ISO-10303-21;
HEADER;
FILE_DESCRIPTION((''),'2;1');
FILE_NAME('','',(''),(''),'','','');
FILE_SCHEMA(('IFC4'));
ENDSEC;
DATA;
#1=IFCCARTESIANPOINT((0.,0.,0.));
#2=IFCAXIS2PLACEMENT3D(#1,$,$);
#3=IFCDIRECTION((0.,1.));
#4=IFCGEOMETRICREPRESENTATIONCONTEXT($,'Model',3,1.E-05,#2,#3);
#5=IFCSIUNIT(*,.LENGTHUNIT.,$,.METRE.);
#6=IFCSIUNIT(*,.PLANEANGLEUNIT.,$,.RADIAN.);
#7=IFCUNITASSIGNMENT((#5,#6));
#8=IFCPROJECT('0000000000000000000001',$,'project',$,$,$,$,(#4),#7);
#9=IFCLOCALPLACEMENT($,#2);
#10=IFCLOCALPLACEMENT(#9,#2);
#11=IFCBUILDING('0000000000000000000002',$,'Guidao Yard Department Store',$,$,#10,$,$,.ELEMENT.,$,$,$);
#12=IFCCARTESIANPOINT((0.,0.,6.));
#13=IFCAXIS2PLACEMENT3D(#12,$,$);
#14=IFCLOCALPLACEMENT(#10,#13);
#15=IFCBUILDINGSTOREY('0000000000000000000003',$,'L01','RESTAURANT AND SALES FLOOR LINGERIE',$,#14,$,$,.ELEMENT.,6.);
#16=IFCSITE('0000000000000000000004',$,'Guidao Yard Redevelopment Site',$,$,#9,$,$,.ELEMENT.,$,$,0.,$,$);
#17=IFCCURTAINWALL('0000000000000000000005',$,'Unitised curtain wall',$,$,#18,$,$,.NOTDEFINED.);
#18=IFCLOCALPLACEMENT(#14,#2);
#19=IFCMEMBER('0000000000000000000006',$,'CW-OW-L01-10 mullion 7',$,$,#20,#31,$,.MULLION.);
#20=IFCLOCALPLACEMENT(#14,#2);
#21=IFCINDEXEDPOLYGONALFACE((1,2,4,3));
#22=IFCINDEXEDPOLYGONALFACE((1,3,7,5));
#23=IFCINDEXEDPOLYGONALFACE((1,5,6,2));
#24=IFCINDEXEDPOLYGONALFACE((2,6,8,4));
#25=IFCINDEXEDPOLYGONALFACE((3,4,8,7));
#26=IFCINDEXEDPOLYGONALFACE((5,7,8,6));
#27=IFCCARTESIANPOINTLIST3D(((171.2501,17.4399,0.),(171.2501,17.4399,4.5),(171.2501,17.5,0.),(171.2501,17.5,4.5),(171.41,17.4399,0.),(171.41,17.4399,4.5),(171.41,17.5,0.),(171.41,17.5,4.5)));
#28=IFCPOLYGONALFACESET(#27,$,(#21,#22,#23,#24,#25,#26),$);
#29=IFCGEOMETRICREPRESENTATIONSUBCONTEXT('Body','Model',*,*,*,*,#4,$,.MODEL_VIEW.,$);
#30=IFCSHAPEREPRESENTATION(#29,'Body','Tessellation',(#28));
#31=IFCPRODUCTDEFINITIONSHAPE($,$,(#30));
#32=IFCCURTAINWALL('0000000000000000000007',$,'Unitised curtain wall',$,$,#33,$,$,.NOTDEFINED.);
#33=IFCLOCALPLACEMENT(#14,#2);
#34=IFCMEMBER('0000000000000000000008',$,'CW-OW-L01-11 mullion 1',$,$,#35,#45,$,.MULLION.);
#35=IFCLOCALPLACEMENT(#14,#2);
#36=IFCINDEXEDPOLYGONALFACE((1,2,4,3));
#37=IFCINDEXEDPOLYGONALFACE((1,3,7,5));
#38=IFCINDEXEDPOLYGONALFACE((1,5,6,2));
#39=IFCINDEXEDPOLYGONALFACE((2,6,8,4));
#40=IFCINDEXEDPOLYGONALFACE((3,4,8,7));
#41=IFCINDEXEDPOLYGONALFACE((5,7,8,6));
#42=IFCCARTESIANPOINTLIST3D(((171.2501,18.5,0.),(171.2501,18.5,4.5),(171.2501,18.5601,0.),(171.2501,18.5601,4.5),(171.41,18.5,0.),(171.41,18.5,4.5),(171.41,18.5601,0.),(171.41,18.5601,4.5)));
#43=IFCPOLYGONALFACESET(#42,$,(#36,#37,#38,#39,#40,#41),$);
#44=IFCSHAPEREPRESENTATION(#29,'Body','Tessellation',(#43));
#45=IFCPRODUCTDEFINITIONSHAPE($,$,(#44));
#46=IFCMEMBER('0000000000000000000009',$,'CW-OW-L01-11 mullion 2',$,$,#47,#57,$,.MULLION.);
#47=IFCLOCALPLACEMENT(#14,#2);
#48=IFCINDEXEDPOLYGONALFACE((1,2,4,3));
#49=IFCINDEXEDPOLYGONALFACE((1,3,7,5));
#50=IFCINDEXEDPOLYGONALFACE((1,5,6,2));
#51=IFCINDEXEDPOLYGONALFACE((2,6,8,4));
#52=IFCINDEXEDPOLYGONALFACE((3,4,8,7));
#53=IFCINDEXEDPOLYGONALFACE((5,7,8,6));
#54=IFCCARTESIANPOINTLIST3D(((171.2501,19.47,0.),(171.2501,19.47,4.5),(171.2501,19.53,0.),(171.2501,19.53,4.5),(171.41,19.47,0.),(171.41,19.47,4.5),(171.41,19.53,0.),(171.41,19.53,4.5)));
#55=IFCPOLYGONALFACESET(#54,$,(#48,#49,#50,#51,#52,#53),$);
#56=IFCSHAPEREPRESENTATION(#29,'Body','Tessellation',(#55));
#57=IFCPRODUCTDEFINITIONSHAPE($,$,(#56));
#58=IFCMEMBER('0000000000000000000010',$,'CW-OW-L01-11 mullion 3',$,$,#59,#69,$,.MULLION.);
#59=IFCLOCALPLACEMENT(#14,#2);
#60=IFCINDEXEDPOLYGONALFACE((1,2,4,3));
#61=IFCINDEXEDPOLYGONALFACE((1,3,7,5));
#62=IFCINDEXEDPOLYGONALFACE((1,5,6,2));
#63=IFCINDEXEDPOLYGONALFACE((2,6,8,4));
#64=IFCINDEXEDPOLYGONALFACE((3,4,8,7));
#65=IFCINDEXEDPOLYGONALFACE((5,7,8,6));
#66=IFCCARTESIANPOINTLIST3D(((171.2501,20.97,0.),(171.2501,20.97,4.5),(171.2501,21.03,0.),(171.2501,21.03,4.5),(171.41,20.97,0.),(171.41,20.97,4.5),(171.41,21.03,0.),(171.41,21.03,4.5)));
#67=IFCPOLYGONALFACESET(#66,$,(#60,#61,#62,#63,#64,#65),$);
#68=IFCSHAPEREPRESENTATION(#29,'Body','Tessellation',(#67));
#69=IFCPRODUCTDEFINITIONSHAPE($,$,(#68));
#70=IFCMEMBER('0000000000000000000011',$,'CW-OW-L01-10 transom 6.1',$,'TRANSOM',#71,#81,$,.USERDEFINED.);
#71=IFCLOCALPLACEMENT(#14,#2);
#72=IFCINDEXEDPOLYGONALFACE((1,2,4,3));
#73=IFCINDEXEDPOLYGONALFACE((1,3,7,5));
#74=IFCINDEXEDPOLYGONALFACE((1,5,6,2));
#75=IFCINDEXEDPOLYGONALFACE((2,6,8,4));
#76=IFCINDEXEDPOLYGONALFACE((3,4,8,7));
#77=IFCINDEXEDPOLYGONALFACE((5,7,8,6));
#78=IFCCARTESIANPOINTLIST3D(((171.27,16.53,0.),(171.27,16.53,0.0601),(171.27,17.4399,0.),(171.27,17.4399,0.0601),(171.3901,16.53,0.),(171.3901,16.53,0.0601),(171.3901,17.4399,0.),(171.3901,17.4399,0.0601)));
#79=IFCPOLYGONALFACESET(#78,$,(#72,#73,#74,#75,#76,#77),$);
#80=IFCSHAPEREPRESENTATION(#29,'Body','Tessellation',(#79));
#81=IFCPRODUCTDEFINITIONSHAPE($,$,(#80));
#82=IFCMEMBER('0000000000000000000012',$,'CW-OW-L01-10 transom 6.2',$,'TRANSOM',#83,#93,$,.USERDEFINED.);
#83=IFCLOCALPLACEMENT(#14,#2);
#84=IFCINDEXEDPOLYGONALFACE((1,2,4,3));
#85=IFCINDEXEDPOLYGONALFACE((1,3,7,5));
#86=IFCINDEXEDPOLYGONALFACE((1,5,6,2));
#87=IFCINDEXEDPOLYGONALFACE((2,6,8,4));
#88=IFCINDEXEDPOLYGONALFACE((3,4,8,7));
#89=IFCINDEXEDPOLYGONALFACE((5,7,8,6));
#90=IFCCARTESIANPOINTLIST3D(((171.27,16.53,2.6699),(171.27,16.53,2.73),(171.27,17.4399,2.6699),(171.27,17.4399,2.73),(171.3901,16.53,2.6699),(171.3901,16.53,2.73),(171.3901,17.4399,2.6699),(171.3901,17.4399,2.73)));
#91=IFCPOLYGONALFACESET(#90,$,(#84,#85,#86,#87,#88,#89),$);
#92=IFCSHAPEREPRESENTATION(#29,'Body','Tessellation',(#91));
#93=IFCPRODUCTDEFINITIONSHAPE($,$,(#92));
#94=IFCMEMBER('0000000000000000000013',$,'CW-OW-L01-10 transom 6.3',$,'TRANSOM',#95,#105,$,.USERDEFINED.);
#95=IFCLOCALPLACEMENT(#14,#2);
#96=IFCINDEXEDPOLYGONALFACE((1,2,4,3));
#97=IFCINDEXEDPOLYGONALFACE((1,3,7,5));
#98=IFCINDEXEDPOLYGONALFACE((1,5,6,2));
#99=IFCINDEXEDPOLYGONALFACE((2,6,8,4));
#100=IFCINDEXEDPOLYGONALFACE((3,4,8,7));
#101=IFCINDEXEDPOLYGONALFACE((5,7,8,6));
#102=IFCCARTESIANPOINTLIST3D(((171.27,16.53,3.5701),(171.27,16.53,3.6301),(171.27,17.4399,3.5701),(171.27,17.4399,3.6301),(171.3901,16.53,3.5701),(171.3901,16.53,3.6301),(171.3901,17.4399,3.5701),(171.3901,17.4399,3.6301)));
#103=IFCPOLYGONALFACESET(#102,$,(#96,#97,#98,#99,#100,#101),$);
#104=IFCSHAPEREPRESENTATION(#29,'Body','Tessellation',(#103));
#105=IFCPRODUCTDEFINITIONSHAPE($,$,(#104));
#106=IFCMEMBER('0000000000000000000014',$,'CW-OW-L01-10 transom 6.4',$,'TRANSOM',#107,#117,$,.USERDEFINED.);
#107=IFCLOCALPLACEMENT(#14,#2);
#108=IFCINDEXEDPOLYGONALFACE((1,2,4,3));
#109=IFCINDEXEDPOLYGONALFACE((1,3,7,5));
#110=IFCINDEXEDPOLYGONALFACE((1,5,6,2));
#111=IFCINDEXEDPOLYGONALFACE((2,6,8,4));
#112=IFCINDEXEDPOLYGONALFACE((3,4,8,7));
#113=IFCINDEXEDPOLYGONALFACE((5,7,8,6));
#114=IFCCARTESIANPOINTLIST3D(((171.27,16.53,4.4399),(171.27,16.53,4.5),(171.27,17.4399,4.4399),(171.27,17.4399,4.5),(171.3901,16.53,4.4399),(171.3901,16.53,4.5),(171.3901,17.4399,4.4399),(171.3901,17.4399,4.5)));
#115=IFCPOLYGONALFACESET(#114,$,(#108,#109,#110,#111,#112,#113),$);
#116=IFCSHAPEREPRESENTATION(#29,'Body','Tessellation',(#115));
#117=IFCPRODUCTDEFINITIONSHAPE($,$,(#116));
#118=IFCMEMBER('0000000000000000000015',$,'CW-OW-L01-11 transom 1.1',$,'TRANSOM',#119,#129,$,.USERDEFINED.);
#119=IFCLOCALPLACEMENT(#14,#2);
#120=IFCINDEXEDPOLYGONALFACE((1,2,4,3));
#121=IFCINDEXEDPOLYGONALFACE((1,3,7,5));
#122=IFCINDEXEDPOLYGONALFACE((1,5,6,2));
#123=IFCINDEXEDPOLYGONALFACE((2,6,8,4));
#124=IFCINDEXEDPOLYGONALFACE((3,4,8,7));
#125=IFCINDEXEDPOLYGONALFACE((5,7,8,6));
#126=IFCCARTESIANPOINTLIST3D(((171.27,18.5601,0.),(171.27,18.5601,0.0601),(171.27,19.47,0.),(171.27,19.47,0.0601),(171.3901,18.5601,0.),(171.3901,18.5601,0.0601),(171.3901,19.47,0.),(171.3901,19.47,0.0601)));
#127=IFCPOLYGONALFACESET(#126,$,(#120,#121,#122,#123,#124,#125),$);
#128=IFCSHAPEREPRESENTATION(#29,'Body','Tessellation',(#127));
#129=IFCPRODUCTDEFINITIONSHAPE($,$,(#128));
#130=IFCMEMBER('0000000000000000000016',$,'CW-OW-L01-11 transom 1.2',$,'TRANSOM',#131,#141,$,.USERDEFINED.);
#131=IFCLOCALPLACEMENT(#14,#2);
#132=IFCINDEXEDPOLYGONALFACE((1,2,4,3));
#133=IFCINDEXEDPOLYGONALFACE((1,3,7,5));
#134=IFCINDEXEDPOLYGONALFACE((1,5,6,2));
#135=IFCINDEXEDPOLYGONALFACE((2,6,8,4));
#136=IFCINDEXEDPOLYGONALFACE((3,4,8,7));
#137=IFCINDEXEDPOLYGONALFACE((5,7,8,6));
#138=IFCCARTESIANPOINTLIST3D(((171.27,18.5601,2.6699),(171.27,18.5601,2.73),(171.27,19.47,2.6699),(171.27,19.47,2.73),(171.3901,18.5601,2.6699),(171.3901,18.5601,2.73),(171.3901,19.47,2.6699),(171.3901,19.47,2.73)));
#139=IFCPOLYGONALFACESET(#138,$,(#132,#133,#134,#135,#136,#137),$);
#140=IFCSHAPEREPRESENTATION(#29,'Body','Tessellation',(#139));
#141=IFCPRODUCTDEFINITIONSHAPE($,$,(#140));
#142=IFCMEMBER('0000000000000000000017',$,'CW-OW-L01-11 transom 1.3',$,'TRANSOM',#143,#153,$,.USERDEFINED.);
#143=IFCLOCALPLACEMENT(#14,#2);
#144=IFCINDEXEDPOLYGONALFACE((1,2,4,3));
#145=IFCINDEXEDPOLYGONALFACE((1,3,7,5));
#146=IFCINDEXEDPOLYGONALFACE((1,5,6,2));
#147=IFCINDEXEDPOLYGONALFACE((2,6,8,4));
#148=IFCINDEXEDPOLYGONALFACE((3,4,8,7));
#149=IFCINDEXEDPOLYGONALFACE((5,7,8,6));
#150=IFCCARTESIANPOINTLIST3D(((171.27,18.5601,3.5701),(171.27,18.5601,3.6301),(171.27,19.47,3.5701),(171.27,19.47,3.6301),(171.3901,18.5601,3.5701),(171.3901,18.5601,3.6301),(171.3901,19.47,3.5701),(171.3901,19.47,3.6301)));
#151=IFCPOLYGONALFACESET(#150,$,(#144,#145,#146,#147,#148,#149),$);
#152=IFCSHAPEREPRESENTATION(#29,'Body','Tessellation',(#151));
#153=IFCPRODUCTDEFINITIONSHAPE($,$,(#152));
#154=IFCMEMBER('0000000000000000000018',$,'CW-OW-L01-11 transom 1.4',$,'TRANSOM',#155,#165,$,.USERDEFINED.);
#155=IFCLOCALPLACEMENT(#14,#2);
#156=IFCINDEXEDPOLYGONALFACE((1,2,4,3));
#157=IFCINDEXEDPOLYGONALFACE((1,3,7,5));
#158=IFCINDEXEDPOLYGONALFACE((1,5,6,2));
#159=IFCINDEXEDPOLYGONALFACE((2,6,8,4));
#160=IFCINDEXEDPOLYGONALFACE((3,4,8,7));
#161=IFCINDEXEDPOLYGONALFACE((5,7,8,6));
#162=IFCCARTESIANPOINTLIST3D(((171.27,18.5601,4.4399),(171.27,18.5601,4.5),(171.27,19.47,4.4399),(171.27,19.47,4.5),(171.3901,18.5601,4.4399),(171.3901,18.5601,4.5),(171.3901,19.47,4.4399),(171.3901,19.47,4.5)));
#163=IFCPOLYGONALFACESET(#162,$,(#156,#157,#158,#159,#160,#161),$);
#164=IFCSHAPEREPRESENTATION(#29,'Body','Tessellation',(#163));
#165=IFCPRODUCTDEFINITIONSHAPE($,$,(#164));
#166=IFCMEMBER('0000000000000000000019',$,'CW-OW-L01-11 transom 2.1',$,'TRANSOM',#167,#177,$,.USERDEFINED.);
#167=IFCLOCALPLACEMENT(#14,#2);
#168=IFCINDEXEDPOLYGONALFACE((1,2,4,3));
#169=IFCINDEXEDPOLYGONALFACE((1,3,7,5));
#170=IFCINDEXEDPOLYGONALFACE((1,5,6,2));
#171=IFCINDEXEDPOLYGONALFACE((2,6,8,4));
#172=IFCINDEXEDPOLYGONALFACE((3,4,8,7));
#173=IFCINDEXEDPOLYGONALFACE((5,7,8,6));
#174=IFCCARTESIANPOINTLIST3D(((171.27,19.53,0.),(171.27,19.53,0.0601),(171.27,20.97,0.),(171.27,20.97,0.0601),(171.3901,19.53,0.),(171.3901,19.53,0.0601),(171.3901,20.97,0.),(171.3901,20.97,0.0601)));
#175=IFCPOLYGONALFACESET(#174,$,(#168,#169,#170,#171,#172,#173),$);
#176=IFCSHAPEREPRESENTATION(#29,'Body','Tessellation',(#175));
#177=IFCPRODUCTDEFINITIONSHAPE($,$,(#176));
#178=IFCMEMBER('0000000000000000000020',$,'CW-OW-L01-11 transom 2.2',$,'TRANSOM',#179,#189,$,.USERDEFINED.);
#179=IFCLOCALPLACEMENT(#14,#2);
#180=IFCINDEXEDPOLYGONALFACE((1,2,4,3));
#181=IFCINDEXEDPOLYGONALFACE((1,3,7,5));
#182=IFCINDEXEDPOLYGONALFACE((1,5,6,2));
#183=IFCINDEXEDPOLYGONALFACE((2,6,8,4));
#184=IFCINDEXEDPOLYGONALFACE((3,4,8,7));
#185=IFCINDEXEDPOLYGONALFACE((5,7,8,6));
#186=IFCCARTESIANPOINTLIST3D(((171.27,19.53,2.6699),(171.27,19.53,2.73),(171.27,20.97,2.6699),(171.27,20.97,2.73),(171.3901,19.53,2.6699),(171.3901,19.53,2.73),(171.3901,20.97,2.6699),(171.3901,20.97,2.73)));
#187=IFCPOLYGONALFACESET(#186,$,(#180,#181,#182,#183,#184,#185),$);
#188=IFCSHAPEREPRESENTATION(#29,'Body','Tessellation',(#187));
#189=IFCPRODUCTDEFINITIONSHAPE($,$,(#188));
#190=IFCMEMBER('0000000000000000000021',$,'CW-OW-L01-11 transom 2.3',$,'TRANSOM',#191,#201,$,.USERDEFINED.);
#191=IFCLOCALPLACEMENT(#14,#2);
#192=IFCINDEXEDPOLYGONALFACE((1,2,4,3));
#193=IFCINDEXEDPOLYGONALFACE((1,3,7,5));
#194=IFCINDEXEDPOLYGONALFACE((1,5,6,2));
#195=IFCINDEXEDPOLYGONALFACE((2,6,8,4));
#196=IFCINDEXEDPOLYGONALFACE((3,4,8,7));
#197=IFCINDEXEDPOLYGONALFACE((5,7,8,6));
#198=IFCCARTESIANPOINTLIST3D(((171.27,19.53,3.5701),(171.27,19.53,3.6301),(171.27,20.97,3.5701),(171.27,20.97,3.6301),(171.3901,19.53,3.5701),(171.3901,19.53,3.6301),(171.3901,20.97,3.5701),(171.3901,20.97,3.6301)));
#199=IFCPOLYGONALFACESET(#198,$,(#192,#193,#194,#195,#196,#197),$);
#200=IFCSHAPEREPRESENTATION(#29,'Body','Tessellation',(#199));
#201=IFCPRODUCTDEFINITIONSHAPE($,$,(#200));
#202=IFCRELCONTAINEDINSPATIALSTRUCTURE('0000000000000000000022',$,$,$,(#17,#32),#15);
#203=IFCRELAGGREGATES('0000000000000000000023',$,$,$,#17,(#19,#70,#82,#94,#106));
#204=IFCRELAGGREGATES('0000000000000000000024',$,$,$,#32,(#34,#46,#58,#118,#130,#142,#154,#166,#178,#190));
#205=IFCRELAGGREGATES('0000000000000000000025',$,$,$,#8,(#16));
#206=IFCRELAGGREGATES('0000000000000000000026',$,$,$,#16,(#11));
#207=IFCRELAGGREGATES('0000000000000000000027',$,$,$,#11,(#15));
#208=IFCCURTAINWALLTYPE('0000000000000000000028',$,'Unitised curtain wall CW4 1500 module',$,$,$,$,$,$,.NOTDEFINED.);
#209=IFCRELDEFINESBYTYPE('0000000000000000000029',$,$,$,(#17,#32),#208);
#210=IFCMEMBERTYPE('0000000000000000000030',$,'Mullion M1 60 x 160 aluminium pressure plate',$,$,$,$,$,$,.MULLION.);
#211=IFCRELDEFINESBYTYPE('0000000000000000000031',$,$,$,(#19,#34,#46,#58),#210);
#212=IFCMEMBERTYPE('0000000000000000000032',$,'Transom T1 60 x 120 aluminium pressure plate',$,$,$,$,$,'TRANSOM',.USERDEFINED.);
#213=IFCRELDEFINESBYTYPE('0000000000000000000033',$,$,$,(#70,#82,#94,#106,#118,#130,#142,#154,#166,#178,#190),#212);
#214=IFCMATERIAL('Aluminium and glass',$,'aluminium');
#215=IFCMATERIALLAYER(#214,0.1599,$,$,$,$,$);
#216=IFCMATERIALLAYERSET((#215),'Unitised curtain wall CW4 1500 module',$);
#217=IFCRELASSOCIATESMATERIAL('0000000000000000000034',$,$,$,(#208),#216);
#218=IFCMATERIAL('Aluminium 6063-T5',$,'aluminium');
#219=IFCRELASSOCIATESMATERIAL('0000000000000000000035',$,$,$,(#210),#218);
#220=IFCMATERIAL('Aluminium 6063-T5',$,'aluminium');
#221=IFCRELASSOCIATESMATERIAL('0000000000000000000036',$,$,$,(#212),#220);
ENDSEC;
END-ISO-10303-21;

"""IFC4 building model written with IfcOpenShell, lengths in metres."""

from ifc_helpers import new_model, si_unit, direction, frame, origin, origin_2d, place, context, subcontext, project, spatial, rectangle, extrude, material, layer, layer_set, material_profile, profile_set, type_object, element, aggregate, save


model = new_model("IFC4")

# Units and contexts
model_context = context("Model", 3, precision=1e-05, world=origin(), true_north=direction((0.0, 1.0)))
body_context = subcontext(model_context, "Body", "Model", "MODEL_VIEW")
ifc_project = project(units=[si_unit("LENGTHUNIT", "METRE"), si_unit("PLANEANGLEUNIT", "RADIAN")], contexts=[model_context])

# Site, building, storey
site_placement = place(None, origin())
site = spatial("IfcSite", under=ifc_project, at=site_placement, Name="Guidao Yard Redevelopment Site", CompositionType="ELEMENT", RefElevation=0.0)
building_placement = place(site_placement, origin())
building = spatial("IfcBuilding", under=site, at=building_placement, Name="Guidao Yard Department Store", CompositionType="ELEMENT")
storey_placement = place(building_placement, frame((0.0, 0.0, 6.0)))
storey = spatial("IfcBuildingStorey", under=building, at=storey_placement, Name="L01", Description="RESTAURANT AND SALES FLOOR LINGERIE", CompositionType="ELEMENT", Elevation=6.0)

# Curtain wall, member
ifc_material_1 = material(Name="Aluminium and glass", Category="aluminium")
ifc_layer_1 = layer(ifc_material_1, 0.1599)
ifc_layer_set_1 = layer_set([ifc_layer_1], Name="Unitised curtain wall CW4 1500 module")
curtain_wall_type = type_object("IfcCurtainWallType", Name="Unitised curtain wall CW4 1500 module", PredefinedType="NOTDEFINED", material=ifc_layer_set_1)
curtain_wall_1_placement = place(storey_placement, origin())
curtain_wall_1 = element("IfcCurtainWall", 1, at=curtain_wall_1_placement, inside=storey, type_object=curtain_wall_type, Name="Unitised curtain wall", PredefinedType="NOTDEFINED")
ifc_material_2 = material(Name="Aluminium 6063-T5", Category="aluminium")
ifc_material_profile_1 = material_profile(ifc_material_2, rectangle(XDim=0.0601, YDim=0.1599, at=origin_2d()), Name="Mullion M1 60 x 160 aluminium pressure plate")
ifc_profile_set_1 = profile_set([ifc_material_profile_1], Name="Aluminium 6063-T5")
member_type_1 = type_object("IfcMemberType", Name="Mullion M1 60 x 160 aluminium pressure plate", PredefinedType="MULLION", material=ifc_profile_set_1)
member_1_placement = place(storey_placement, frame((171.3301, 17.47, 0.0), z_axis=(0.0, 0.0, 1.0), x_axis=(0.0, -1.0, 0.0)))
member_1 = element("IfcMember", 2, at=member_1_placement, type_object=member_type_1, Name="CW-OW-L01-10 mullion 7", PredefinedType="MULLION", context=body_context, shape_type="SweptSolid", body=[
    extrude(rectangle(XDim=0.0601, YDim=0.1599, at=origin_2d()), origin(), (0.0, 0.0, 1.0), 4.5),
])

# Curtain wall, members
curtain_wall_2_placement = place(storey_placement, origin())
curtain_wall_2 = element("IfcCurtainWall", 3, at=curtain_wall_2_placement, inside=storey, type_object=curtain_wall_type, Name="Unitised curtain wall", PredefinedType="NOTDEFINED")
member_2_placement = place(storey_placement, frame((171.3301, 18.53, 0.0), z_axis=(0.0, 0.0, 1.0), x_axis=(0.0, -1.0, 0.0)))
member_2 = element("IfcMember", 4, at=member_2_placement, type_object=member_type_1, Name="CW-OW-L01-11 mullion 1", PredefinedType="MULLION", context=body_context, shape_type="SweptSolid", body=[
    extrude(rectangle(XDim=0.0601, YDim=0.1599, at=origin_2d()), origin(), (0.0, 0.0, 1.0), 4.5),
])
member_3_placement = place(storey_placement, frame((171.3301, 19.5, 0.0), z_axis=(0.0, 0.0, 1.0), x_axis=(0.0, -1.0, 0.0)))
member_3 = element("IfcMember", 5, at=member_3_placement, type_object=member_type_1, Name="CW-OW-L01-11 mullion 2", PredefinedType="MULLION", context=body_context, shape_type="SweptSolid", body=[
    extrude(rectangle(XDim=0.0601, YDim=0.1599, at=origin_2d()), origin(), (0.0, 0.0, 1.0), 4.5),
])
member_4_placement = place(storey_placement, frame((171.3301, 21.0, 0.0), z_axis=(0.0, 0.0, 1.0), x_axis=(0.0, -1.0, 0.0)))
member_4 = element("IfcMember", 6, at=member_4_placement, type_object=member_type_1, Name="CW-OW-L01-11 mullion 3", PredefinedType="MULLION", context=body_context, shape_type="SweptSolid", body=[
    extrude(rectangle(XDim=0.0601, YDim=0.1599, at=origin_2d()), origin(), (0.0, 0.0, 1.0), 4.5),
])

# Members
ifc_material_3 = material(Name="Aluminium 6063-T5", Category="aluminium")
ifc_material_profile_2 = material_profile(ifc_material_3, rectangle(XDim=0.1201, YDim=0.0601, at=origin_2d()), Name="Transom T1 60 x 120 aluminium pressure plate")
ifc_profile_set_2 = profile_set([ifc_material_profile_2], Name="Aluminium 6063-T5")
member_type_2 = type_object("IfcMemberType", Name="Transom T1 60 x 120 aluminium pressure plate", ElementType="TRANSOM", PredefinedType="USERDEFINED", material=ifc_profile_set_2)
member_5_placement = place(storey_placement, frame((171.3301, 17.4399, 0.03), z_axis=(0.0, -1.0, 0.0), x_axis=(1.0, 0.0, 0.0)))
member_5 = element("IfcMember", 7, at=member_5_placement, type_object=member_type_2, Name="CW-OW-L01-10 transom 6.1", ObjectType="TRANSOM", PredefinedType="USERDEFINED", context=body_context, shape_type="SweptSolid", body=[
    extrude(rectangle(XDim=0.1201, YDim=0.0601, at=origin_2d()), origin(), (0.0, 0.0, 1.0), 0.9099),
])
member_6_placement = place(storey_placement, frame((171.3301, 17.4399, 2.7), z_axis=(0.0, -1.0, 0.0), x_axis=(1.0, 0.0, 0.0)))
member_6 = element("IfcMember", 8, at=member_6_placement, type_object=member_type_2, Name="CW-OW-L01-10 transom 6.2", ObjectType="TRANSOM", PredefinedType="USERDEFINED", context=body_context, shape_type="SweptSolid", body=[
    extrude(rectangle(XDim=0.1201, YDim=0.0601, at=origin_2d()), origin(), (0.0, 0.0, 1.0), 0.9099),
])
member_7_placement = place(storey_placement, frame((171.3301, 17.4399, 3.6001), z_axis=(0.0, -1.0, 0.0), x_axis=(1.0, 0.0, 0.0)))
member_7 = element("IfcMember", 9, at=member_7_placement, type_object=member_type_2, Name="CW-OW-L01-10 transom 6.3", ObjectType="TRANSOM", PredefinedType="USERDEFINED", context=body_context, shape_type="SweptSolid", body=[
    extrude(rectangle(XDim=0.1201, YDim=0.0601, at=origin_2d()), origin(), (0.0, 0.0, 1.0), 0.9099),
])
member_8_placement = place(storey_placement, frame((171.3301, 17.4399, 4.47), z_axis=(0.0, -1.0, 0.0), x_axis=(1.0, 0.0, 0.0)))
member_8 = element("IfcMember", 10, at=member_8_placement, type_object=member_type_2, Name="CW-OW-L01-10 transom 6.4", ObjectType="TRANSOM", PredefinedType="USERDEFINED", context=body_context, shape_type="SweptSolid", body=[
    extrude(rectangle(XDim=0.1201, YDim=0.0601, at=origin_2d()), origin(), (0.0, 0.0, 1.0), 0.9099),
])
member_9_placement = place(storey_placement, frame((171.3301, 19.47, 0.03), z_axis=(0.0, -1.0, 0.0), x_axis=(1.0, 0.0, 0.0)))
member_9 = element("IfcMember", 11, at=member_9_placement, type_object=member_type_2, Name="CW-OW-L01-11 transom 1.1", ObjectType="TRANSOM", PredefinedType="USERDEFINED", context=body_context, shape_type="SweptSolid", body=[
    extrude(rectangle(XDim=0.1201, YDim=0.0601, at=origin_2d()), origin(), (0.0, 0.0, 1.0), 0.9099),
])
member_10_placement = place(storey_placement, frame((171.3301, 19.47, 2.7), z_axis=(0.0, -1.0, 0.0), x_axis=(1.0, 0.0, 0.0)))
member_10 = element("IfcMember", 12, at=member_10_placement, type_object=member_type_2, Name="CW-OW-L01-11 transom 1.2", ObjectType="TRANSOM", PredefinedType="USERDEFINED", context=body_context, shape_type="SweptSolid", body=[
    extrude(rectangle(XDim=0.1201, YDim=0.0601, at=origin_2d()), origin(), (0.0, 0.0, 1.0), 0.9099),
])
member_11_placement = place(storey_placement, frame((171.3301, 19.47, 3.6001), z_axis=(0.0, -1.0, 0.0), x_axis=(1.0, 0.0, 0.0)))
member_11 = element("IfcMember", 13, at=member_11_placement, type_object=member_type_2, Name="CW-OW-L01-11 transom 1.3", ObjectType="TRANSOM", PredefinedType="USERDEFINED", context=body_context, shape_type="SweptSolid", body=[
    extrude(rectangle(XDim=0.1201, YDim=0.0601, at=origin_2d()), origin(), (0.0, 0.0, 1.0), 0.9099),
])
member_12_placement = place(storey_placement, frame((171.3301, 19.47, 4.47), z_axis=(0.0, -1.0, 0.0), x_axis=(1.0, 0.0, 0.0)))
member_12 = element("IfcMember", 14, at=member_12_placement, type_object=member_type_2, Name="CW-OW-L01-11 transom 1.4", ObjectType="TRANSOM", PredefinedType="USERDEFINED", context=body_context, shape_type="SweptSolid", body=[
    extrude(rectangle(XDim=0.1201, YDim=0.0601, at=origin_2d()), origin(), (0.0, 0.0, 1.0), 0.9099),
])
member_13_placement = place(storey_placement, frame((171.3301, 20.97, 0.03), z_axis=(0.0, -1.0, 0.0), x_axis=(1.0, 0.0, 0.0)))
member_13 = element("IfcMember", 15, at=member_13_placement, type_object=member_type_2, Name="CW-OW-L01-11 transom 2.1", ObjectType="TRANSOM", PredefinedType="USERDEFINED", context=body_context, shape_type="SweptSolid", body=[
    extrude(rectangle(XDim=0.1201, YDim=0.0601, at=origin_2d()), origin(), (0.0, 0.0, 1.0), 1.4399),
])
member_14_placement = place(storey_placement, frame((171.3301, 20.97, 2.7), z_axis=(0.0, -1.0, 0.0), x_axis=(1.0, 0.0, 0.0)))
member_14 = element("IfcMember", 16, at=member_14_placement, type_object=member_type_2, Name="CW-OW-L01-11 transom 2.2", ObjectType="TRANSOM", PredefinedType="USERDEFINED", context=body_context, shape_type="SweptSolid", body=[
    extrude(rectangle(XDim=0.1201, YDim=0.0601, at=origin_2d()), origin(), (0.0, 0.0, 1.0), 1.4399),
])
member_15_placement = place(storey_placement, frame((171.3301, 20.97, 3.6001), z_axis=(0.0, -1.0, 0.0), x_axis=(1.0, 0.0, 0.0)))
member_15 = element("IfcMember", 17, at=member_15_placement, type_object=member_type_2, Name="CW-OW-L01-11 transom 2.3", ObjectType="TRANSOM", PredefinedType="USERDEFINED", context=body_context, shape_type="SweptSolid", body=[
    extrude(rectangle(XDim=0.1201, YDim=0.0601, at=origin_2d()), origin(), (0.0, 0.0, 1.0), 1.4399),
])

aggregate(curtain_wall_1, [member_1, member_5, member_6, member_7, member_8])
aggregate(curtain_wall_2, [member_2, member_3, member_4, member_9, member_10, member_11, member_12, member_13, member_14, member_15])

save(model, "model.ifc")
